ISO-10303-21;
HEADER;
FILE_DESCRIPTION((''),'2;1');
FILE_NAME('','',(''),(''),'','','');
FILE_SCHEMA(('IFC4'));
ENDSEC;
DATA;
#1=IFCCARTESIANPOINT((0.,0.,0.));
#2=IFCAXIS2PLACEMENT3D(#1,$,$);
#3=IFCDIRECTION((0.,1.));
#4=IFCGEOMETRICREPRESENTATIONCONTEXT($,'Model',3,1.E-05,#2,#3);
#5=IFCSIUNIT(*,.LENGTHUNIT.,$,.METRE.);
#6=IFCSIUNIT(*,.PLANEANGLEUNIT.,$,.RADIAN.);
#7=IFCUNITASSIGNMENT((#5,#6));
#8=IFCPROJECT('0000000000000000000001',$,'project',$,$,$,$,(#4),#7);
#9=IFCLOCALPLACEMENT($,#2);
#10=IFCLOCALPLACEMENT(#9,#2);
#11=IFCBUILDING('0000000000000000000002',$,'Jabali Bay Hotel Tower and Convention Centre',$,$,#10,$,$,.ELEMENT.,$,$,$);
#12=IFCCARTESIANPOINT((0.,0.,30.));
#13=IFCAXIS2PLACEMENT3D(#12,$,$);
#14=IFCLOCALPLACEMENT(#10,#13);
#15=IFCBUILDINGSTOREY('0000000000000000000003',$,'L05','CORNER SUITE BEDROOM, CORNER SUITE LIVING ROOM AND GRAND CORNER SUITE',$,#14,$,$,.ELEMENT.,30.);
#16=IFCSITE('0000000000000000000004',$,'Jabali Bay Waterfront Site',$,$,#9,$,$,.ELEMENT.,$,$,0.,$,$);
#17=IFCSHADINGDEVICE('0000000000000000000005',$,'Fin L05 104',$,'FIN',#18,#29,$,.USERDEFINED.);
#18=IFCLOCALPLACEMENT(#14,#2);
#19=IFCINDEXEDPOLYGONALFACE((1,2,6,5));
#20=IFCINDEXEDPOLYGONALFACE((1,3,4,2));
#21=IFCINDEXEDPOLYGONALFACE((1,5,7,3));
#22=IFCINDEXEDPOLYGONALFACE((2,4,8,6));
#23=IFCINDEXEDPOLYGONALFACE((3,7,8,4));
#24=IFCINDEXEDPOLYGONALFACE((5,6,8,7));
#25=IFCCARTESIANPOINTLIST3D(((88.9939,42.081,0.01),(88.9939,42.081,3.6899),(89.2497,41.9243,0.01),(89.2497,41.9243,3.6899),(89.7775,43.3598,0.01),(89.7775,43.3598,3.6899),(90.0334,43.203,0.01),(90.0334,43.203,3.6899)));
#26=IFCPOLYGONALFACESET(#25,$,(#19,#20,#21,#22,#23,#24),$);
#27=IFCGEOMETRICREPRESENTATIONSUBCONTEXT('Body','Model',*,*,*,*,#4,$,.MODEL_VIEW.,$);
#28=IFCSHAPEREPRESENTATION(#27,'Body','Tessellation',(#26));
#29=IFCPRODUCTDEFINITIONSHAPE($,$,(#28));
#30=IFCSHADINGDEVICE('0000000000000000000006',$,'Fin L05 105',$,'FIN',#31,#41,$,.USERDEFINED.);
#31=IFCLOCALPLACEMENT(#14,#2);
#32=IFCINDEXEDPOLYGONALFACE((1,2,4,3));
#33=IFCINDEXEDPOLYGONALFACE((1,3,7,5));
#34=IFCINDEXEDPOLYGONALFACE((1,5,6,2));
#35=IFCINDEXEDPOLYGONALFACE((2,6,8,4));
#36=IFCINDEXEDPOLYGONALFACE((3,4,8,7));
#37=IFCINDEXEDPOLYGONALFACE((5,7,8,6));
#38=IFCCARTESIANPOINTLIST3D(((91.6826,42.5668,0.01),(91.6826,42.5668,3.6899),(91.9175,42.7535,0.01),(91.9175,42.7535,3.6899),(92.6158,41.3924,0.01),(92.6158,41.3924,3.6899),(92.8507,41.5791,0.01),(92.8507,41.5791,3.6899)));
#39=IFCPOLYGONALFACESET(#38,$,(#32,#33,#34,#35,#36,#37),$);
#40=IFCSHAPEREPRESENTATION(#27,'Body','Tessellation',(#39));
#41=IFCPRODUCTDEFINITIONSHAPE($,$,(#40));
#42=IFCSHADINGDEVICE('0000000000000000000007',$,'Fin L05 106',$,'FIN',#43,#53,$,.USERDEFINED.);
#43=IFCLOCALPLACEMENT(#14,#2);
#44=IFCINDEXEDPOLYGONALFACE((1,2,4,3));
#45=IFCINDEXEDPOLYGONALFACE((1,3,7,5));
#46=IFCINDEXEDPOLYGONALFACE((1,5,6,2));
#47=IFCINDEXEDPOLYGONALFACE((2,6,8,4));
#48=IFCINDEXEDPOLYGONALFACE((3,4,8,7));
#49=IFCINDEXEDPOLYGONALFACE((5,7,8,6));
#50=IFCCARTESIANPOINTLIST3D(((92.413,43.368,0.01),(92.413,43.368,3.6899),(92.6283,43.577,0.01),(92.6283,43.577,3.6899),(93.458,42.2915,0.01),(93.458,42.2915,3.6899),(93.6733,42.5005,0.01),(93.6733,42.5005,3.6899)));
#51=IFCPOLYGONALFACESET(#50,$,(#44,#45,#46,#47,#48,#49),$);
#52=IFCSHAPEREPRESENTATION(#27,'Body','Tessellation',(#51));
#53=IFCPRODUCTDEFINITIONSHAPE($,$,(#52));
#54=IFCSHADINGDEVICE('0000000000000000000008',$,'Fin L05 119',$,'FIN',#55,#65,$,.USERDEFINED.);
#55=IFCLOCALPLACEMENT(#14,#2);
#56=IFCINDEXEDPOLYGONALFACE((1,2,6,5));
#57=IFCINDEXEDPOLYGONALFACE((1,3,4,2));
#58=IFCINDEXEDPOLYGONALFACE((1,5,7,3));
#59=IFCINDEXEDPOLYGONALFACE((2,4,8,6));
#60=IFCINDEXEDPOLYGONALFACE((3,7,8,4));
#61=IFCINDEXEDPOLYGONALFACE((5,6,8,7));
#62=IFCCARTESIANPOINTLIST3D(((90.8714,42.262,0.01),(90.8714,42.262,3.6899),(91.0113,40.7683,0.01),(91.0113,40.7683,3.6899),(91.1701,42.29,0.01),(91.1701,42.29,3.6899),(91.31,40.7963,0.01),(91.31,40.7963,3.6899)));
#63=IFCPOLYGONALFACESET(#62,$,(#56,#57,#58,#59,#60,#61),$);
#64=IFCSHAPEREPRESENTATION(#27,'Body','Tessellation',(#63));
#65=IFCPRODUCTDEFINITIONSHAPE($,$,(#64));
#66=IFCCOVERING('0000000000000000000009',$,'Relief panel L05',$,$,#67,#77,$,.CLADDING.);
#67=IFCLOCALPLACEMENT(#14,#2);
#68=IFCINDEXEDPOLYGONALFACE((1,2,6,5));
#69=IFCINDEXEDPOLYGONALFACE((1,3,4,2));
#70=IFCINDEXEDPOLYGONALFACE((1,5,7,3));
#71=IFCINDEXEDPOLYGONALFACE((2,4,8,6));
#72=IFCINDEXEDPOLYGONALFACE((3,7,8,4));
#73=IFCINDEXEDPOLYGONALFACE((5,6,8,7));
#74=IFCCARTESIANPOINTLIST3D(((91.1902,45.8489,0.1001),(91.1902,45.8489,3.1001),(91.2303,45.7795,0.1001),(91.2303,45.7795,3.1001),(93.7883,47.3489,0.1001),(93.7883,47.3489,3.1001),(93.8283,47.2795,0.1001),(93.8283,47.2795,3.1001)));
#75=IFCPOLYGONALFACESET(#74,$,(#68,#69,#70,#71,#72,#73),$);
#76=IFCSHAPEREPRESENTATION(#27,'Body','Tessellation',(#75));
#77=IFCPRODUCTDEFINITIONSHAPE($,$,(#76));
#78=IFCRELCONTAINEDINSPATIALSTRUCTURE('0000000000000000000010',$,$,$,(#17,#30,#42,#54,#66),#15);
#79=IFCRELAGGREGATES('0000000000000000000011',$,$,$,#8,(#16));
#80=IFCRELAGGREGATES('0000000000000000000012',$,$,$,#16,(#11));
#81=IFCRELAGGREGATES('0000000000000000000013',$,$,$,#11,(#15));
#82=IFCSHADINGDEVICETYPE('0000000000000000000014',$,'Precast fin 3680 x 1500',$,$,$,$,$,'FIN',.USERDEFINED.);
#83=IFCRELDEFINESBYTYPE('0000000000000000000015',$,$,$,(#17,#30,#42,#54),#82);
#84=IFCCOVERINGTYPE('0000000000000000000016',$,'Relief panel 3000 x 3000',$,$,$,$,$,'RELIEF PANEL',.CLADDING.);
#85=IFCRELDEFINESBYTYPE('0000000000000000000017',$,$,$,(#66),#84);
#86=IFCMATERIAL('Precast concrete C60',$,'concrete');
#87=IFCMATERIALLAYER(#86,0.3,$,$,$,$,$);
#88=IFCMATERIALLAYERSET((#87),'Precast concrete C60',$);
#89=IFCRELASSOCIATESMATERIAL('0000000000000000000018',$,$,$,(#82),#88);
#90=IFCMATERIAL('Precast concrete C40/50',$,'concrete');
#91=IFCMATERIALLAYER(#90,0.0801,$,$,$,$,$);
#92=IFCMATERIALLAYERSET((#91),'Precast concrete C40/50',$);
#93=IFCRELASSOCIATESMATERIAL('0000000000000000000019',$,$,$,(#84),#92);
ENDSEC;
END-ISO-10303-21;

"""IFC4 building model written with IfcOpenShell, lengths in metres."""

from ifc_helpers import new_model, si_unit, direction, frame, frame_2d, origin, origin_2d, place, context, subcontext, project, spatial, rectangle, extrude, material, layer, layer_set, type_object, element, save


model = new_model("IFC4")

# Units and contexts
model_context = context("Model", 3, precision=1e-05, world=origin(), true_north=direction((0.0, 1.0)))
body_context = subcontext(model_context, "Body", "Model", "MODEL_VIEW")
ifc_project = project(units=[si_unit("LENGTHUNIT", "METRE"), si_unit("PLANEANGLEUNIT", "RADIAN")], contexts=[model_context])

# Site, building, storey
site_placement = place(None, origin())
site = spatial("IfcSite", under=ifc_project, at=site_placement, Name="Jabali Bay Waterfront Site", CompositionType="ELEMENT", RefElevation=0.0)
building_placement = place(site_placement, origin())
building = spatial("IfcBuilding", under=site, at=building_placement, Name="Jabali Bay Hotel Tower and Convention Centre", CompositionType="ELEMENT")
storey_placement = place(building_placement, frame((0.0, 0.0, 30.0)))
storey = spatial("IfcBuildingStorey", under=building, at=storey_placement, Name="L05", Description="CORNER SUITE BEDROOM, CORNER SUITE LIVING ROOM AND GRAND CORNER SUITE", CompositionType="ELEMENT", Elevation=30.0)

# Shading devices
ifc_material_1 = material(Name="Precast concrete C60", Category="concrete")
ifc_layer_1 = layer(ifc_material_1, 0.3)
ifc_layer_set_1 = layer_set([ifc_layer_1], Name="Precast concrete C60")
shading_device_type = type_object("IfcShadingDeviceType", Name="Precast fin 3680 x 1500", ElementType="FIN", PredefinedType="USERDEFINED", material=ifc_layer_set_1)
shading_device_1_placement = place(storey_placement, frame((89.9055, 43.2815, 0.01), z_axis=(0.0, 0.0, 1.0), x_axis=(-0.522516, -0.852629, 0.0)))
element("IfcShadingDevice", 1, at=shading_device_1_placement, inside=storey, type_object=shading_device_type, Name="Fin L05 104", ObjectType="FIN", PredefinedType="USERDEFINED", context=body_context, shape_type="SweptSolid", body=[
    extrude(rectangle(XDim=1.4998, YDim=0.3, at=frame_2d((0.75, 0.0))), origin(), (0.0, 0.0, 1.0), 3.6799),
])
shading_device_2_placement = place(storey_placement, frame((91.8, 42.6602, 0.01), z_axis=(0.0, 0.0, 1.0), x_axis=(0.622111, -0.782929, 0.0)))
element("IfcShadingDevice", 2, at=shading_device_2_placement, inside=storey, type_object=shading_device_type, Name="Fin L05 105", ObjectType="FIN", PredefinedType="USERDEFINED", context=body_context, shape_type="SweptSolid", body=[
    extrude(rectangle(XDim=1.5, YDim=0.3, at=frame_2d((0.75, 0.0))), origin(), (0.0, 0.0, 1.0), 3.6799),
])
for number, where, z_axis, x_axis, name in (
    (3, (92.5208, 43.4724, 0.01), (0.0, 0.0, 1.0), (0.696532, -0.717526, 0.0), "Fin L05 106"),
    (4, (91.0208, 42.2759, 0.01), (0.0, 0.0, 1.0), (0.09325, -0.995643, 0.0), "Fin L05 119"),
):
    element("IfcShadingDevice", number, at=place(storey_placement, frame(where, z_axis=z_axis, x_axis=x_axis)), inside=storey, type_object=shading_device_type, Name=name, ObjectType="FIN", PredefinedType="USERDEFINED", context=body_context, shape_type="SweptSolid", body=[
        extrude(rectangle(XDim=1.5002, YDim=0.3, at=frame_2d((0.75, 0.0))), origin(), (0.0, 0.0, 1.0), 3.6799),
    ])

# Covering
ifc_material_2 = material(Name="Precast concrete C40/50", Category="concrete")
ifc_layer_2 = layer(ifc_material_2, 0.0801)
ifc_layer_set_2 = layer_set([ifc_layer_2], Name="Precast concrete C40/50")
covering_type = type_object("IfcCoveringType", Name="Relief panel 3000 x 3000", ElementType="RELIEF PANEL", PredefinedType="CLADDING", material=ifc_layer_set_2)
covering_placement = place(storey_placement, frame((92.5093, 46.5642, 0.1001), z_axis=(0.0, 0.0, 1.0), x_axis=(-0.866025, -0.5, 0.0)))
element("IfcCovering", 5, at=covering_placement, inside=storey, type_object=covering_type, Name="Relief panel L05", PredefinedType="CLADDING", context=body_context, shape_type="SweptSolid", body=[
    extrude(rectangle(XDim=3.0, YDim=0.0801, at=origin_2d()), origin(), (0.0, 0.0, 1.0), 3.0),
])

save(model, "model.ifc")
